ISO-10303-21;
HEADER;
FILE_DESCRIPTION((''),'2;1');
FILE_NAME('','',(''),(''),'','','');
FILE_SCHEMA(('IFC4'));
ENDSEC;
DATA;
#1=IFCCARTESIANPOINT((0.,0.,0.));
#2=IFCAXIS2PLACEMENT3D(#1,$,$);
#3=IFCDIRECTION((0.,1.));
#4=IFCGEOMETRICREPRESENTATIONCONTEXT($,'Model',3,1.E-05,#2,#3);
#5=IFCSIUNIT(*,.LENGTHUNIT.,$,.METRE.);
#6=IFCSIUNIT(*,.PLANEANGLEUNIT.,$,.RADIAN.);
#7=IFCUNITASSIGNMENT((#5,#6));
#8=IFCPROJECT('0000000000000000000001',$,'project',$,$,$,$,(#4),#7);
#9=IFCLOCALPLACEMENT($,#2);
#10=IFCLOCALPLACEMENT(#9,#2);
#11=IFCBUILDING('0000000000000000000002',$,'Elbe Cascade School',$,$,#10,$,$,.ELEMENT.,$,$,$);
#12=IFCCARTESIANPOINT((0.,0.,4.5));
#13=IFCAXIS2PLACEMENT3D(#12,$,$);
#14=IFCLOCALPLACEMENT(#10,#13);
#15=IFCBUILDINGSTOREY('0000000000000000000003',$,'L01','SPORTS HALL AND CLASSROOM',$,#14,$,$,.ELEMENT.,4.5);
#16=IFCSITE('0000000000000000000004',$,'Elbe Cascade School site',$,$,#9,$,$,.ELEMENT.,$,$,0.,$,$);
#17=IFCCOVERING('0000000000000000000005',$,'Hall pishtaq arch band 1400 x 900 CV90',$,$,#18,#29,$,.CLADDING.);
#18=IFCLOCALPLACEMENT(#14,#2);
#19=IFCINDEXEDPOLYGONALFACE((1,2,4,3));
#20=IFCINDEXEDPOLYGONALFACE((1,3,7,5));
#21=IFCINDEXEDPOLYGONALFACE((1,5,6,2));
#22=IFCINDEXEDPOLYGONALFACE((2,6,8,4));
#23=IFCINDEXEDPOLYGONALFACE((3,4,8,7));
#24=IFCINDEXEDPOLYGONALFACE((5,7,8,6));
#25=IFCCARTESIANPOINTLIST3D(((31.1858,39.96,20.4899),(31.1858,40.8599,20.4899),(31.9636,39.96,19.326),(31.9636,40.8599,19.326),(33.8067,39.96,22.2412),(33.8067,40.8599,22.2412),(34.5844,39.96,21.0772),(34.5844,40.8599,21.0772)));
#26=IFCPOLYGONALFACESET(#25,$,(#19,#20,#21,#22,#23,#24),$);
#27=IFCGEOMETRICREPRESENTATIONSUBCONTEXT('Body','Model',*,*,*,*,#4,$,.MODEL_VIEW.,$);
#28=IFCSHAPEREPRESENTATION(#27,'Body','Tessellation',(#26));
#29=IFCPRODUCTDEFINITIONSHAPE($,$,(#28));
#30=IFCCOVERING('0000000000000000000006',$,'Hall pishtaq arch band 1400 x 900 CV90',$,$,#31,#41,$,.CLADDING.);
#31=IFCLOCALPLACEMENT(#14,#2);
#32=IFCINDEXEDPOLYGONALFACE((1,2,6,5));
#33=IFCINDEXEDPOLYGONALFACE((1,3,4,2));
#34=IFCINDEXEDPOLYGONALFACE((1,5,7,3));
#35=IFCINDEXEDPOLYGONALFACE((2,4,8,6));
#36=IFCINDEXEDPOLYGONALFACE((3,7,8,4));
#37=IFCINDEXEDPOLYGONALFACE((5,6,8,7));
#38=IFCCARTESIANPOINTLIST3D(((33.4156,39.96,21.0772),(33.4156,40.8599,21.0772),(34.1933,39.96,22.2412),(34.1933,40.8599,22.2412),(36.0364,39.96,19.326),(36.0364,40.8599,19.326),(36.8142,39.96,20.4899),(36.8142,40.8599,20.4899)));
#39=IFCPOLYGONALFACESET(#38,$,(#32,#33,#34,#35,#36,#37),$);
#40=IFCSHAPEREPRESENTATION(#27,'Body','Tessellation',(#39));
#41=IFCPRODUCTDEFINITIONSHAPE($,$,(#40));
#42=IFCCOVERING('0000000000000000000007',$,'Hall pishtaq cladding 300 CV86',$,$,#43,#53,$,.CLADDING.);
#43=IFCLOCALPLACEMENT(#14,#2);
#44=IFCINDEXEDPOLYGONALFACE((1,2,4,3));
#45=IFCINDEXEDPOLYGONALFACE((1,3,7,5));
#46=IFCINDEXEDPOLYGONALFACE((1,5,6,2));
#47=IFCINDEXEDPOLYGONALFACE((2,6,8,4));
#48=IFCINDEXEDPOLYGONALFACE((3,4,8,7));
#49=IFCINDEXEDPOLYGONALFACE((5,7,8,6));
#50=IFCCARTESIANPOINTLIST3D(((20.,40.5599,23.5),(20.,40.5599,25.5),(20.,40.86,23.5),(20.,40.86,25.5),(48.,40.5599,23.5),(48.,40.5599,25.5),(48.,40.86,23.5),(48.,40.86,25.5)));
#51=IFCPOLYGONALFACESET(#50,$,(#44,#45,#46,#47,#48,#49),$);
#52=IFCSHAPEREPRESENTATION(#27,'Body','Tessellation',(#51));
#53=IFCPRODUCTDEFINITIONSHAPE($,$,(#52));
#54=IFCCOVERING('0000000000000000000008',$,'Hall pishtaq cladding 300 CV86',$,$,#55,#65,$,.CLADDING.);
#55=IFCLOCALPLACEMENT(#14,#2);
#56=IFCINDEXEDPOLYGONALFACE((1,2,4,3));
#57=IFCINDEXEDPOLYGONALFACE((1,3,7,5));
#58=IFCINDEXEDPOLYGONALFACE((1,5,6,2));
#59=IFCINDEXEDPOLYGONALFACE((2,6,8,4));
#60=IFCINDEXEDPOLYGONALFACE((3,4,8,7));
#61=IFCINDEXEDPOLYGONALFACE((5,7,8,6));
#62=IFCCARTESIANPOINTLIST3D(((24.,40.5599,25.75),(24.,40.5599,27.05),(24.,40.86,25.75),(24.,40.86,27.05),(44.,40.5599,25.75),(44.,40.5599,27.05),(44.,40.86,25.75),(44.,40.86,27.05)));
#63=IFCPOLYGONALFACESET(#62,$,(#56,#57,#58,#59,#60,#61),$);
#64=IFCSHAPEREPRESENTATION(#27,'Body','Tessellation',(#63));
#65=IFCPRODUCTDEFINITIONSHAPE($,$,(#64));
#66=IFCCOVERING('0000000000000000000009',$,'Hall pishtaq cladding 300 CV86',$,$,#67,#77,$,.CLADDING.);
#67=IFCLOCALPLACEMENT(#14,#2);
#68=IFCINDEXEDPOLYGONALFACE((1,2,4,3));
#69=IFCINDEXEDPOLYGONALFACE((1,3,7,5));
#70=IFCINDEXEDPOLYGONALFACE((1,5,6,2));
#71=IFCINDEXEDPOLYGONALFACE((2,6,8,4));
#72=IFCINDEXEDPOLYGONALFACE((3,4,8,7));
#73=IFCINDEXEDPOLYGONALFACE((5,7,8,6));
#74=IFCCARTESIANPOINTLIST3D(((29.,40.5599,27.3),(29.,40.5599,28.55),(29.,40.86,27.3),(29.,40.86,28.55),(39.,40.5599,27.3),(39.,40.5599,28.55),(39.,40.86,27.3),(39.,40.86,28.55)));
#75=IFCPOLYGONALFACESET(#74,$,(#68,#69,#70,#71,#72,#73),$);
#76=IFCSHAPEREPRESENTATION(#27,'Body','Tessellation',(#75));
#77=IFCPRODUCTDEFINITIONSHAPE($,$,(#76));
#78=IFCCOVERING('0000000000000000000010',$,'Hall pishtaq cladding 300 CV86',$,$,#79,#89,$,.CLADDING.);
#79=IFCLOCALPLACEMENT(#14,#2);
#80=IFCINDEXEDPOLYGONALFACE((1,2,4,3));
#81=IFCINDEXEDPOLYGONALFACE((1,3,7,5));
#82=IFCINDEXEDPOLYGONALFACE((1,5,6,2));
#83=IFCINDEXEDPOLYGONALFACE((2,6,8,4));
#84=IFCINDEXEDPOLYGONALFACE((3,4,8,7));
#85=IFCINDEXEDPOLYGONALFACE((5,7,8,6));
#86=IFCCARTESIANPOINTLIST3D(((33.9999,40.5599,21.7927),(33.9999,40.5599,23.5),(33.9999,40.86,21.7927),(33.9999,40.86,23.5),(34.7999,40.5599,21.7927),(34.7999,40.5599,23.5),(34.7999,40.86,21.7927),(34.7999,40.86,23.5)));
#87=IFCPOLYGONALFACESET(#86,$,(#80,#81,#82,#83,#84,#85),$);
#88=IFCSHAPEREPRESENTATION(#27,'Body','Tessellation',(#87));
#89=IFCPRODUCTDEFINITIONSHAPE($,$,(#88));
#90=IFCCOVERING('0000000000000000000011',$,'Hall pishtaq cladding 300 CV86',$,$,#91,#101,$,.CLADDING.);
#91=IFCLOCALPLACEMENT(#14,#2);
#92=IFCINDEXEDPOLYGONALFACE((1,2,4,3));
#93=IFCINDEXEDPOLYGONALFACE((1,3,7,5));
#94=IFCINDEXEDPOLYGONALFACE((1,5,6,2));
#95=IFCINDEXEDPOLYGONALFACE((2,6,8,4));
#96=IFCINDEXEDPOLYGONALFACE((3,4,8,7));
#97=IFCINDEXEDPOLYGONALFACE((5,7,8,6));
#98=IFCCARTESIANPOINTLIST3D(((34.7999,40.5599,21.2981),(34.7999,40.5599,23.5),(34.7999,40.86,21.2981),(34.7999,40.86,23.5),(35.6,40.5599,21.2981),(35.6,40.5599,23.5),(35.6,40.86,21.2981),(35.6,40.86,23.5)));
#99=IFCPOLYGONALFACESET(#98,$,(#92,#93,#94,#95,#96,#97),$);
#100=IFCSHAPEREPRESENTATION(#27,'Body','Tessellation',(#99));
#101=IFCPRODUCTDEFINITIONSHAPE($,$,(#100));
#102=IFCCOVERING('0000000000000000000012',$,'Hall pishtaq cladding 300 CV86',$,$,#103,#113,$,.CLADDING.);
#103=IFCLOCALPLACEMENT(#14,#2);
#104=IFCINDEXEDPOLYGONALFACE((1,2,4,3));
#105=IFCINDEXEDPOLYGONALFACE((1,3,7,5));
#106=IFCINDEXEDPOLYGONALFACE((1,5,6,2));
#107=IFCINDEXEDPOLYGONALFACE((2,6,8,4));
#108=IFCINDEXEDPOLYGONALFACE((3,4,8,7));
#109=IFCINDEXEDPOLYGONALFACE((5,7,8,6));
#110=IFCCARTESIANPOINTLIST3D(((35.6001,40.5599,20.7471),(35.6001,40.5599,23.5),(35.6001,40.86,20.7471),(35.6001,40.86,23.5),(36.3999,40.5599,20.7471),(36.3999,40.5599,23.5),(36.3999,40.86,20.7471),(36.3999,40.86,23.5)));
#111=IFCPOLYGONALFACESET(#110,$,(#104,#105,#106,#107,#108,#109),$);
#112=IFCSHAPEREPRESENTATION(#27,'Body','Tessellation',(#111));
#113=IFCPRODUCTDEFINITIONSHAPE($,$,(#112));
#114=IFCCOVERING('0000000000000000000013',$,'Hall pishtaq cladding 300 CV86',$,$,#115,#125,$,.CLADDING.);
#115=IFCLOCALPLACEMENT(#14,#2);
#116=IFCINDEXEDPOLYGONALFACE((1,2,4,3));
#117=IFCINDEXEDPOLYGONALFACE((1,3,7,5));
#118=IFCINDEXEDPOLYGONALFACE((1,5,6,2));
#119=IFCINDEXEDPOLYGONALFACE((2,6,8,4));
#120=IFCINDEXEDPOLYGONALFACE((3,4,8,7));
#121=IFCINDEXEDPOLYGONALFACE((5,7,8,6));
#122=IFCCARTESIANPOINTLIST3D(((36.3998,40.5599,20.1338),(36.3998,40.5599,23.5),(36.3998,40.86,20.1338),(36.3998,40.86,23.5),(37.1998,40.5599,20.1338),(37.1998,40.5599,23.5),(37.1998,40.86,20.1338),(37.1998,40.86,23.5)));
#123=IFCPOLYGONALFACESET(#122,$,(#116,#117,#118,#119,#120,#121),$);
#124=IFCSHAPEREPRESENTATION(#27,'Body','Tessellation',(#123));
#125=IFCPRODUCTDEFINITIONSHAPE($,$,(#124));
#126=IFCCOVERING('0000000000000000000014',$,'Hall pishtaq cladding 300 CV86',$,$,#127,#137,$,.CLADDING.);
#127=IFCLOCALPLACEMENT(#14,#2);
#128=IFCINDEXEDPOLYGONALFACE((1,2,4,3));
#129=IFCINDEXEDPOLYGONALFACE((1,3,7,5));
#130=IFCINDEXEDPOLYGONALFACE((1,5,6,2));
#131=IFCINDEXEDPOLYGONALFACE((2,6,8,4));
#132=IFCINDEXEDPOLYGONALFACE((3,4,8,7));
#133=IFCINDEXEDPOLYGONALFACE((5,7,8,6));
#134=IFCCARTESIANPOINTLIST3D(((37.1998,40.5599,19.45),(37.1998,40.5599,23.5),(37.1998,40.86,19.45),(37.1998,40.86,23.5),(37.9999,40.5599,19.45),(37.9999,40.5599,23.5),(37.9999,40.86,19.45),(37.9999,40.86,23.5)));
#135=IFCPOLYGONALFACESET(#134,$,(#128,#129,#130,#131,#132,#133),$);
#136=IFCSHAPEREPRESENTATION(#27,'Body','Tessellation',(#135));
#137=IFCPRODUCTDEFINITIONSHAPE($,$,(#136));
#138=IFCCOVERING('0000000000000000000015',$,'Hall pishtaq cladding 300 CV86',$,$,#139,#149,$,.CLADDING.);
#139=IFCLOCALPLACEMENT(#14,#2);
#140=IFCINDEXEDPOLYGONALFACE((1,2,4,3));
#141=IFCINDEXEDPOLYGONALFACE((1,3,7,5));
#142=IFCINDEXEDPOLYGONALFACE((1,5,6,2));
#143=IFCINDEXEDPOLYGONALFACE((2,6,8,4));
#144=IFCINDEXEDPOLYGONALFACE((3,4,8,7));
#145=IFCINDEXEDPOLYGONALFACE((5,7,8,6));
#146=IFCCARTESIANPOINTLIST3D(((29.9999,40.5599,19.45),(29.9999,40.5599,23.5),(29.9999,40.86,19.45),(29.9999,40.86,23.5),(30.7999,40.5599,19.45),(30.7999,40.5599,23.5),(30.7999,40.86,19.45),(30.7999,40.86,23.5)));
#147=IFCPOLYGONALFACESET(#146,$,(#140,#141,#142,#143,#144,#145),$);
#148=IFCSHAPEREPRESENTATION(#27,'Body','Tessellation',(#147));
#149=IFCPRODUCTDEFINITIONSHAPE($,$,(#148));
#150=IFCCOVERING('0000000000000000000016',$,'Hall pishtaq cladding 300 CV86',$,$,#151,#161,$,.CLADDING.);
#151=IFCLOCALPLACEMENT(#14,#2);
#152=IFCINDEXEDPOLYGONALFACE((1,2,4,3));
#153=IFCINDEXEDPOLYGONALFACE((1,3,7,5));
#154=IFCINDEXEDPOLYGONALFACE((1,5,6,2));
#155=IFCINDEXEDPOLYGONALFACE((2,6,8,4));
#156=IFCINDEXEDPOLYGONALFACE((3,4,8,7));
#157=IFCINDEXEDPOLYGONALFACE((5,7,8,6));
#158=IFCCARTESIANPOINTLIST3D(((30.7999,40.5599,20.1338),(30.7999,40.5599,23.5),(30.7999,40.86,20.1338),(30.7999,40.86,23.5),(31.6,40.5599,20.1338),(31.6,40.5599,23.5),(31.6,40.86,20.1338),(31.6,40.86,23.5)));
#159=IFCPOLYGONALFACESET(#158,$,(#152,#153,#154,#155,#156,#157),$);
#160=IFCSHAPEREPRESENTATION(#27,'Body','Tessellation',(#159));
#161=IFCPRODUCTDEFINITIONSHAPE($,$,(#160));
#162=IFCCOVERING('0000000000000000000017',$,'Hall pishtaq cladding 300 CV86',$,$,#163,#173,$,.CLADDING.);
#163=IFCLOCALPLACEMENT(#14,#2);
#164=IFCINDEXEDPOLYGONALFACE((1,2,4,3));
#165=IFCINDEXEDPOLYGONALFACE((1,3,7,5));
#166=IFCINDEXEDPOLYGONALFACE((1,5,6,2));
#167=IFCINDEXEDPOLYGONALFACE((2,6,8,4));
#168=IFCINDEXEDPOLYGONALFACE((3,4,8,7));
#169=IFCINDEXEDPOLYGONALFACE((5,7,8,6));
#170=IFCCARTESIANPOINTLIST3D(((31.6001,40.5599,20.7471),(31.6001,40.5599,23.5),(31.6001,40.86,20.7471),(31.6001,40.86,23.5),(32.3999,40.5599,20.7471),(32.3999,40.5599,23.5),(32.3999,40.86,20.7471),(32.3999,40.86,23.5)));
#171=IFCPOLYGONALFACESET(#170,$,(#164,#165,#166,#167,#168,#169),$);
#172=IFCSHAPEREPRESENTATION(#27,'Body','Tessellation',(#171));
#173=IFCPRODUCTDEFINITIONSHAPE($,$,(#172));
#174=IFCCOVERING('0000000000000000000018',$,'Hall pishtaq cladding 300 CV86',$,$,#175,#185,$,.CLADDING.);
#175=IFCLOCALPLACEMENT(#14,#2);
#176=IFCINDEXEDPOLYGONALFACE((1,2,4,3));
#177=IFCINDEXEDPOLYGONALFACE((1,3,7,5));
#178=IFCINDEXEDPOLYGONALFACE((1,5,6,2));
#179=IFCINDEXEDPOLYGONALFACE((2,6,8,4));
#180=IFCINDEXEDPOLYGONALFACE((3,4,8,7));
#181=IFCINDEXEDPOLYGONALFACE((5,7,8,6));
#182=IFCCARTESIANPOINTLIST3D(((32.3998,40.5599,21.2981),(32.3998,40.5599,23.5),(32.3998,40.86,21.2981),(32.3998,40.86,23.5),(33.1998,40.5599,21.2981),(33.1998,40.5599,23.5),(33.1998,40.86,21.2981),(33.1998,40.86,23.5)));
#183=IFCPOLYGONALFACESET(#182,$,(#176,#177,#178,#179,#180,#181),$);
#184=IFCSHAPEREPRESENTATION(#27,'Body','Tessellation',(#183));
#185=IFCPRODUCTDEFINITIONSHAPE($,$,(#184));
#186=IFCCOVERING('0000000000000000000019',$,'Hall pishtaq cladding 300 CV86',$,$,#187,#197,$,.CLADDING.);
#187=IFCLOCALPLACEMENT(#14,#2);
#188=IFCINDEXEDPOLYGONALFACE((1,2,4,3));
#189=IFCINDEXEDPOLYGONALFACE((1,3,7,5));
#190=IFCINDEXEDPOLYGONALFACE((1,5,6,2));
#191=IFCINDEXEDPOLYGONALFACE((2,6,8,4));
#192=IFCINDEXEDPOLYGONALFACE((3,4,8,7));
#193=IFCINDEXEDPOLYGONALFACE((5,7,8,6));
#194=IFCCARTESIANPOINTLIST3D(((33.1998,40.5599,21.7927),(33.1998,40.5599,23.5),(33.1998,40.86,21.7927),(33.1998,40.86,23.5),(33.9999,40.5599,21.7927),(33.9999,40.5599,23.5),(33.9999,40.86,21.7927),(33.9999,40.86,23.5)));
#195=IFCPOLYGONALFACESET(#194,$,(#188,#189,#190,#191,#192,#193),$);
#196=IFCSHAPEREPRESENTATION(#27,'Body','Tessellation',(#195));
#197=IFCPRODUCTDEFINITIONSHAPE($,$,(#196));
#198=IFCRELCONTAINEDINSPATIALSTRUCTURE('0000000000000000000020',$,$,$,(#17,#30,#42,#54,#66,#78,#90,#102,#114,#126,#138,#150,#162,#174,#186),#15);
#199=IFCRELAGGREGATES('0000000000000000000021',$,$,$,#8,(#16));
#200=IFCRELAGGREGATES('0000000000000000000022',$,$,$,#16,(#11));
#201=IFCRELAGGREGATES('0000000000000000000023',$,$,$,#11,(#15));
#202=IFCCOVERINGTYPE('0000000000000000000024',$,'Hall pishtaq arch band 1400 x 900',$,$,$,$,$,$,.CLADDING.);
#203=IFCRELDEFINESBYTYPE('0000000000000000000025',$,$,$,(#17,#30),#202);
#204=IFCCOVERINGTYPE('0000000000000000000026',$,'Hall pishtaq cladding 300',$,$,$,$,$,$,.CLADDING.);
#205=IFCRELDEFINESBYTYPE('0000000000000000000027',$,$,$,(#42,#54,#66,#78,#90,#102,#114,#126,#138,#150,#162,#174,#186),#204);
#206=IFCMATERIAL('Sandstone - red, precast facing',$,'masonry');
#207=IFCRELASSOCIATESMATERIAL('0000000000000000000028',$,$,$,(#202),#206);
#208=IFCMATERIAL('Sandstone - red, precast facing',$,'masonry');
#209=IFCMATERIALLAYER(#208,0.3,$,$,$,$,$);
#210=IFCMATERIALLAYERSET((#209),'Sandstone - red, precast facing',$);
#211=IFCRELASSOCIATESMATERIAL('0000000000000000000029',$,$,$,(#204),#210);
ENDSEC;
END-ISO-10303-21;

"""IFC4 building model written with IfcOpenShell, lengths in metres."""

from ifc_helpers import new_model, si_unit, direction, frame, frame_2d, origin, origin_2d, place, context, subcontext, project, spatial, rectangle, extrude, material, layer, layer_set, type_object, element, save


model = new_model("IFC4")

# Units and contexts
model_context = context("Model", 3, precision=1e-05, world=origin(), true_north=direction((0.0, 1.0)))
body_context = subcontext(model_context, "Body", "Model", "MODEL_VIEW")
ifc_project = project(units=[si_unit("LENGTHUNIT", "METRE"), si_unit("PLANEANGLEUNIT", "RADIAN")], contexts=[model_context])

# Site, building, storey
site_placement = place(None, origin())
site = spatial("IfcSite", under=ifc_project, at=site_placement, Name="Elbe Cascade School site", CompositionType="ELEMENT", RefElevation=0.0)
building_placement = place(site_placement, origin())
building = spatial("IfcBuilding", under=site, at=building_placement, Name="Elbe Cascade School", CompositionType="ELEMENT")
storey_placement = place(building_placement, frame((0.0, 0.0, 4.5)))
storey = spatial("IfcBuildingStorey", under=building, at=storey_placement, Name="L01", Description="SPORTS HALL AND CLASSROOM", CompositionType="ELEMENT", Elevation=4.5)

# Coverings
ifc_material_1 = material(Name="Sandstone - red, precast facing", Category="masonry")
covering_type_1 = type_object("IfcCoveringType", Name="Hall pishtaq arch band 1400 x 900", PredefinedType="CLADDING", material=ifc_material_1)
for number, where, z_axis, x_axis, name in (
    (1, (31.5747, 40.4099, 19.908), (0.831466, 0.0, 0.555576), (0.0, 1.0, 0.0), "Hall pishtaq arch band 1400 x 900 CV90"),
    (2, (36.4253, 40.4099, 19.908), (-0.831466, 0.0, 0.555576), (0.0, -1.0, 0.0), "Hall pishtaq arch band 1400 x 900 CV90"),
):
    element("IfcCovering", number, at=place(storey_placement, frame(where, z_axis=z_axis, x_axis=x_axis)), inside=storey, type_object=covering_type_1, Name=name, PredefinedType="CLADDING", context=body_context, shape_type="SweptSolid", body=[
        extrude(rectangle(XDim=0.8999, YDim=1.3999, at=origin_2d()), origin(), (0.0, 0.0, 1.0), 3.1521),
    ])
ifc_material_2 = material(Name="Sandstone - red, precast facing", Category="masonry")
ifc_layer_1 = layer(ifc_material_2, 0.3)
ifc_layer_set_1 = layer_set([ifc_layer_1], Name="Sandstone - red, precast facing")
covering_type_2 = type_object("IfcCoveringType", Name="Hall pishtaq cladding 300", PredefinedType="CLADDING", material=ifc_layer_set_1)
covering_1_placement = place(storey_placement, frame((20.0, 40.71, 23.5), z_axis=(0.0, 0.0, 1.0), x_axis=(1.0, 0.0, 0.0)))
element("IfcCovering", 3, at=covering_1_placement, inside=storey, type_object=covering_type_2, Name="Hall pishtaq cladding 300 CV86", PredefinedType="CLADDING", context=body_context, shape_type="SweptSolid", body=[
    extrude(rectangle(XDim=28.0, YDim=0.3, at=frame_2d((14.0, 0.0))), origin(), (0.0, 0.0, 1.0), 2.0),
])
covering_2_placement = place(storey_placement, frame((24.0, 40.71, 25.75), z_axis=(0.0, 0.0, 1.0), x_axis=(1.0, 0.0, 0.0)))
element("IfcCovering", 4, at=covering_2_placement, inside=storey, type_object=covering_type_2, Name="Hall pishtaq cladding 300 CV86", PredefinedType="CLADDING", context=body_context, shape_type="SweptSolid", body=[
    extrude(rectangle(XDim=20.0, YDim=0.3, at=frame_2d((10.0, 0.0))), origin(), (0.0, 0.0, 1.0), 1.3),
])
covering_3_placement = place(storey_placement, frame((29.0, 40.71, 27.3), z_axis=(0.0, 0.0, 1.0), x_axis=(1.0, 0.0, 0.0)))
element("IfcCovering", 5, at=covering_3_placement, inside=storey, type_object=covering_type_2, Name="Hall pishtaq cladding 300 CV86", PredefinedType="CLADDING", context=body_context, shape_type="SweptSolid", body=[
    extrude(rectangle(XDim=10.0, YDim=0.3, at=frame_2d((5.0, 0.0))), origin(), (0.0, 0.0, 1.0), 1.25),
])
covering_4_placement = place(storey_placement, frame((34.0, 40.71, 21.7927), z_axis=(0.0, 0.0, 1.0), x_axis=(1.0, 0.0, 0.0)))
element("IfcCovering", 6, at=covering_4_placement, inside=storey, type_object=covering_type_2, Name="Hall pishtaq cladding 300 CV86", PredefinedType="CLADDING", context=body_context, shape_type="SweptSolid", body=[
    extrude(rectangle(XDim=0.8, YDim=0.3, at=frame_2d((0.3999, 0.0))), origin(), (0.0, 0.0, 1.0), 1.7073),
])
covering_5_placement = place(storey_placement, frame((34.8, 40.71, 21.2981), z_axis=(0.0, 0.0, 1.0), x_axis=(1.0, 0.0, 0.0)))
element("IfcCovering", 7, at=covering_5_placement, inside=storey, type_object=covering_type_2, Name="Hall pishtaq cladding 300 CV86", PredefinedType="CLADDING", context=body_context, shape_type="SweptSolid", body=[
    extrude(rectangle(XDim=0.8, YDim=0.3, at=frame_2d((0.3999, 0.0))), origin(), (0.0, 0.0, 1.0), 2.2019),
])
covering_6_placement = place(storey_placement, frame((35.6001, 40.71, 20.7471), z_axis=(0.0, 0.0, 1.0), x_axis=(1.0, 0.0, 0.0)))
element("IfcCovering", 8, at=covering_6_placement, inside=storey, type_object=covering_type_2, Name="Hall pishtaq cladding 300 CV86", PredefinedType="CLADDING", context=body_context, shape_type="SweptSolid", body=[
    extrude(rectangle(XDim=0.7998, YDim=0.3, at=frame_2d((0.3999, 0.0))), origin(), (0.0, 0.0, 1.0), 2.7529),
])
covering_7_placement = place(storey_placement, frame((36.3999, 40.71, 20.1338), z_axis=(0.0, 0.0, 1.0), x_axis=(1.0, 0.0, 0.0)))
element("IfcCovering", 9, at=covering_7_placement, inside=storey, type_object=covering_type_2, Name="Hall pishtaq cladding 300 CV86", PredefinedType="CLADDING", context=body_context, shape_type="SweptSolid", body=[
    extrude(rectangle(XDim=0.8, YDim=0.3, at=frame_2d((0.3999, 0.0))), origin(), (0.0, 0.0, 1.0), 3.3662),
])
for number, where, z_axis, x_axis, name in (
    (10, (37.2, 40.71, 19.45), (0.0, 0.0, 1.0), (1.0, 0.0, 0.0), "Hall pishtaq cladding 300 CV86"),
    (11, (30.0, 40.71, 19.45), (0.0, 0.0, 1.0), (1.0, 0.0, 0.0), "Hall pishtaq cladding 300 CV86"),
):
    element("IfcCovering", number, at=place(storey_placement, frame(where, z_axis=z_axis, x_axis=x_axis)), inside=storey, type_object=covering_type_2, Name=name, PredefinedType="CLADDING", context=body_context, shape_type="SweptSolid", body=[
        extrude(rectangle(XDim=0.8, YDim=0.3, at=frame_2d((0.3999, 0.0))), origin(), (0.0, 0.0, 1.0), 4.05),
    ])
covering_8_placement = place(storey_placement, frame((30.8, 40.71, 20.1338), z_axis=(0.0, 0.0, 1.0), x_axis=(1.0, 0.0, 0.0)))
element("IfcCovering", 12, at=covering_8_placement, inside=storey, type_object=covering_type_2, Name="Hall pishtaq cladding 300 CV86", PredefinedType="CLADDING", context=body_context, shape_type="SweptSolid", body=[
    extrude(rectangle(XDim=0.8, YDim=0.3, at=frame_2d((0.3999, 0.0))), origin(), (0.0, 0.0, 1.0), 3.3662),
])
covering_9_placement = place(storey_placement, frame((31.6001, 40.71, 20.7471), z_axis=(0.0, 0.0, 1.0), x_axis=(1.0, 0.0, 0.0)))
element("IfcCovering", 13, at=covering_9_placement, inside=storey, type_object=covering_type_2, Name="Hall pishtaq cladding 300 CV86", PredefinedType="CLADDING", context=body_context, shape_type="SweptSolid", body=[
    extrude(rectangle(XDim=0.7998, YDim=0.3, at=frame_2d((0.3999, 0.0))), origin(), (0.0, 0.0, 1.0), 2.7529),
])
covering_10_placement = place(storey_placement, frame((32.3999, 40.71, 21.2981), z_axis=(0.0, 0.0, 1.0), x_axis=(1.0, 0.0, 0.0)))
element("IfcCovering", 14, at=covering_10_placement, inside=storey, type_object=covering_type_2, Name="Hall pishtaq cladding 300 CV86", PredefinedType="CLADDING", context=body_context, shape_type="SweptSolid", body=[
    extrude(rectangle(XDim=0.8, YDim=0.3, at=frame_2d((0.3999, 0.0))), origin(), (0.0, 0.0, 1.0), 2.2019),
])
covering_11_placement = place(storey_placement, frame((33.2, 40.71, 21.7927), z_axis=(0.0, 0.0, 1.0), x_axis=(1.0, 0.0, 0.0)))
element("IfcCovering", 15, at=covering_11_placement, inside=storey, type_object=covering_type_2, Name="Hall pishtaq cladding 300 CV86", PredefinedType="CLADDING", context=body_context, shape_type="SweptSolid", body=[
    extrude(rectangle(XDim=0.8, YDim=0.3, at=frame_2d((0.3999, 0.0))), origin(), (0.0, 0.0, 1.0), 1.7073),
])

save(model, "model.ifc")
